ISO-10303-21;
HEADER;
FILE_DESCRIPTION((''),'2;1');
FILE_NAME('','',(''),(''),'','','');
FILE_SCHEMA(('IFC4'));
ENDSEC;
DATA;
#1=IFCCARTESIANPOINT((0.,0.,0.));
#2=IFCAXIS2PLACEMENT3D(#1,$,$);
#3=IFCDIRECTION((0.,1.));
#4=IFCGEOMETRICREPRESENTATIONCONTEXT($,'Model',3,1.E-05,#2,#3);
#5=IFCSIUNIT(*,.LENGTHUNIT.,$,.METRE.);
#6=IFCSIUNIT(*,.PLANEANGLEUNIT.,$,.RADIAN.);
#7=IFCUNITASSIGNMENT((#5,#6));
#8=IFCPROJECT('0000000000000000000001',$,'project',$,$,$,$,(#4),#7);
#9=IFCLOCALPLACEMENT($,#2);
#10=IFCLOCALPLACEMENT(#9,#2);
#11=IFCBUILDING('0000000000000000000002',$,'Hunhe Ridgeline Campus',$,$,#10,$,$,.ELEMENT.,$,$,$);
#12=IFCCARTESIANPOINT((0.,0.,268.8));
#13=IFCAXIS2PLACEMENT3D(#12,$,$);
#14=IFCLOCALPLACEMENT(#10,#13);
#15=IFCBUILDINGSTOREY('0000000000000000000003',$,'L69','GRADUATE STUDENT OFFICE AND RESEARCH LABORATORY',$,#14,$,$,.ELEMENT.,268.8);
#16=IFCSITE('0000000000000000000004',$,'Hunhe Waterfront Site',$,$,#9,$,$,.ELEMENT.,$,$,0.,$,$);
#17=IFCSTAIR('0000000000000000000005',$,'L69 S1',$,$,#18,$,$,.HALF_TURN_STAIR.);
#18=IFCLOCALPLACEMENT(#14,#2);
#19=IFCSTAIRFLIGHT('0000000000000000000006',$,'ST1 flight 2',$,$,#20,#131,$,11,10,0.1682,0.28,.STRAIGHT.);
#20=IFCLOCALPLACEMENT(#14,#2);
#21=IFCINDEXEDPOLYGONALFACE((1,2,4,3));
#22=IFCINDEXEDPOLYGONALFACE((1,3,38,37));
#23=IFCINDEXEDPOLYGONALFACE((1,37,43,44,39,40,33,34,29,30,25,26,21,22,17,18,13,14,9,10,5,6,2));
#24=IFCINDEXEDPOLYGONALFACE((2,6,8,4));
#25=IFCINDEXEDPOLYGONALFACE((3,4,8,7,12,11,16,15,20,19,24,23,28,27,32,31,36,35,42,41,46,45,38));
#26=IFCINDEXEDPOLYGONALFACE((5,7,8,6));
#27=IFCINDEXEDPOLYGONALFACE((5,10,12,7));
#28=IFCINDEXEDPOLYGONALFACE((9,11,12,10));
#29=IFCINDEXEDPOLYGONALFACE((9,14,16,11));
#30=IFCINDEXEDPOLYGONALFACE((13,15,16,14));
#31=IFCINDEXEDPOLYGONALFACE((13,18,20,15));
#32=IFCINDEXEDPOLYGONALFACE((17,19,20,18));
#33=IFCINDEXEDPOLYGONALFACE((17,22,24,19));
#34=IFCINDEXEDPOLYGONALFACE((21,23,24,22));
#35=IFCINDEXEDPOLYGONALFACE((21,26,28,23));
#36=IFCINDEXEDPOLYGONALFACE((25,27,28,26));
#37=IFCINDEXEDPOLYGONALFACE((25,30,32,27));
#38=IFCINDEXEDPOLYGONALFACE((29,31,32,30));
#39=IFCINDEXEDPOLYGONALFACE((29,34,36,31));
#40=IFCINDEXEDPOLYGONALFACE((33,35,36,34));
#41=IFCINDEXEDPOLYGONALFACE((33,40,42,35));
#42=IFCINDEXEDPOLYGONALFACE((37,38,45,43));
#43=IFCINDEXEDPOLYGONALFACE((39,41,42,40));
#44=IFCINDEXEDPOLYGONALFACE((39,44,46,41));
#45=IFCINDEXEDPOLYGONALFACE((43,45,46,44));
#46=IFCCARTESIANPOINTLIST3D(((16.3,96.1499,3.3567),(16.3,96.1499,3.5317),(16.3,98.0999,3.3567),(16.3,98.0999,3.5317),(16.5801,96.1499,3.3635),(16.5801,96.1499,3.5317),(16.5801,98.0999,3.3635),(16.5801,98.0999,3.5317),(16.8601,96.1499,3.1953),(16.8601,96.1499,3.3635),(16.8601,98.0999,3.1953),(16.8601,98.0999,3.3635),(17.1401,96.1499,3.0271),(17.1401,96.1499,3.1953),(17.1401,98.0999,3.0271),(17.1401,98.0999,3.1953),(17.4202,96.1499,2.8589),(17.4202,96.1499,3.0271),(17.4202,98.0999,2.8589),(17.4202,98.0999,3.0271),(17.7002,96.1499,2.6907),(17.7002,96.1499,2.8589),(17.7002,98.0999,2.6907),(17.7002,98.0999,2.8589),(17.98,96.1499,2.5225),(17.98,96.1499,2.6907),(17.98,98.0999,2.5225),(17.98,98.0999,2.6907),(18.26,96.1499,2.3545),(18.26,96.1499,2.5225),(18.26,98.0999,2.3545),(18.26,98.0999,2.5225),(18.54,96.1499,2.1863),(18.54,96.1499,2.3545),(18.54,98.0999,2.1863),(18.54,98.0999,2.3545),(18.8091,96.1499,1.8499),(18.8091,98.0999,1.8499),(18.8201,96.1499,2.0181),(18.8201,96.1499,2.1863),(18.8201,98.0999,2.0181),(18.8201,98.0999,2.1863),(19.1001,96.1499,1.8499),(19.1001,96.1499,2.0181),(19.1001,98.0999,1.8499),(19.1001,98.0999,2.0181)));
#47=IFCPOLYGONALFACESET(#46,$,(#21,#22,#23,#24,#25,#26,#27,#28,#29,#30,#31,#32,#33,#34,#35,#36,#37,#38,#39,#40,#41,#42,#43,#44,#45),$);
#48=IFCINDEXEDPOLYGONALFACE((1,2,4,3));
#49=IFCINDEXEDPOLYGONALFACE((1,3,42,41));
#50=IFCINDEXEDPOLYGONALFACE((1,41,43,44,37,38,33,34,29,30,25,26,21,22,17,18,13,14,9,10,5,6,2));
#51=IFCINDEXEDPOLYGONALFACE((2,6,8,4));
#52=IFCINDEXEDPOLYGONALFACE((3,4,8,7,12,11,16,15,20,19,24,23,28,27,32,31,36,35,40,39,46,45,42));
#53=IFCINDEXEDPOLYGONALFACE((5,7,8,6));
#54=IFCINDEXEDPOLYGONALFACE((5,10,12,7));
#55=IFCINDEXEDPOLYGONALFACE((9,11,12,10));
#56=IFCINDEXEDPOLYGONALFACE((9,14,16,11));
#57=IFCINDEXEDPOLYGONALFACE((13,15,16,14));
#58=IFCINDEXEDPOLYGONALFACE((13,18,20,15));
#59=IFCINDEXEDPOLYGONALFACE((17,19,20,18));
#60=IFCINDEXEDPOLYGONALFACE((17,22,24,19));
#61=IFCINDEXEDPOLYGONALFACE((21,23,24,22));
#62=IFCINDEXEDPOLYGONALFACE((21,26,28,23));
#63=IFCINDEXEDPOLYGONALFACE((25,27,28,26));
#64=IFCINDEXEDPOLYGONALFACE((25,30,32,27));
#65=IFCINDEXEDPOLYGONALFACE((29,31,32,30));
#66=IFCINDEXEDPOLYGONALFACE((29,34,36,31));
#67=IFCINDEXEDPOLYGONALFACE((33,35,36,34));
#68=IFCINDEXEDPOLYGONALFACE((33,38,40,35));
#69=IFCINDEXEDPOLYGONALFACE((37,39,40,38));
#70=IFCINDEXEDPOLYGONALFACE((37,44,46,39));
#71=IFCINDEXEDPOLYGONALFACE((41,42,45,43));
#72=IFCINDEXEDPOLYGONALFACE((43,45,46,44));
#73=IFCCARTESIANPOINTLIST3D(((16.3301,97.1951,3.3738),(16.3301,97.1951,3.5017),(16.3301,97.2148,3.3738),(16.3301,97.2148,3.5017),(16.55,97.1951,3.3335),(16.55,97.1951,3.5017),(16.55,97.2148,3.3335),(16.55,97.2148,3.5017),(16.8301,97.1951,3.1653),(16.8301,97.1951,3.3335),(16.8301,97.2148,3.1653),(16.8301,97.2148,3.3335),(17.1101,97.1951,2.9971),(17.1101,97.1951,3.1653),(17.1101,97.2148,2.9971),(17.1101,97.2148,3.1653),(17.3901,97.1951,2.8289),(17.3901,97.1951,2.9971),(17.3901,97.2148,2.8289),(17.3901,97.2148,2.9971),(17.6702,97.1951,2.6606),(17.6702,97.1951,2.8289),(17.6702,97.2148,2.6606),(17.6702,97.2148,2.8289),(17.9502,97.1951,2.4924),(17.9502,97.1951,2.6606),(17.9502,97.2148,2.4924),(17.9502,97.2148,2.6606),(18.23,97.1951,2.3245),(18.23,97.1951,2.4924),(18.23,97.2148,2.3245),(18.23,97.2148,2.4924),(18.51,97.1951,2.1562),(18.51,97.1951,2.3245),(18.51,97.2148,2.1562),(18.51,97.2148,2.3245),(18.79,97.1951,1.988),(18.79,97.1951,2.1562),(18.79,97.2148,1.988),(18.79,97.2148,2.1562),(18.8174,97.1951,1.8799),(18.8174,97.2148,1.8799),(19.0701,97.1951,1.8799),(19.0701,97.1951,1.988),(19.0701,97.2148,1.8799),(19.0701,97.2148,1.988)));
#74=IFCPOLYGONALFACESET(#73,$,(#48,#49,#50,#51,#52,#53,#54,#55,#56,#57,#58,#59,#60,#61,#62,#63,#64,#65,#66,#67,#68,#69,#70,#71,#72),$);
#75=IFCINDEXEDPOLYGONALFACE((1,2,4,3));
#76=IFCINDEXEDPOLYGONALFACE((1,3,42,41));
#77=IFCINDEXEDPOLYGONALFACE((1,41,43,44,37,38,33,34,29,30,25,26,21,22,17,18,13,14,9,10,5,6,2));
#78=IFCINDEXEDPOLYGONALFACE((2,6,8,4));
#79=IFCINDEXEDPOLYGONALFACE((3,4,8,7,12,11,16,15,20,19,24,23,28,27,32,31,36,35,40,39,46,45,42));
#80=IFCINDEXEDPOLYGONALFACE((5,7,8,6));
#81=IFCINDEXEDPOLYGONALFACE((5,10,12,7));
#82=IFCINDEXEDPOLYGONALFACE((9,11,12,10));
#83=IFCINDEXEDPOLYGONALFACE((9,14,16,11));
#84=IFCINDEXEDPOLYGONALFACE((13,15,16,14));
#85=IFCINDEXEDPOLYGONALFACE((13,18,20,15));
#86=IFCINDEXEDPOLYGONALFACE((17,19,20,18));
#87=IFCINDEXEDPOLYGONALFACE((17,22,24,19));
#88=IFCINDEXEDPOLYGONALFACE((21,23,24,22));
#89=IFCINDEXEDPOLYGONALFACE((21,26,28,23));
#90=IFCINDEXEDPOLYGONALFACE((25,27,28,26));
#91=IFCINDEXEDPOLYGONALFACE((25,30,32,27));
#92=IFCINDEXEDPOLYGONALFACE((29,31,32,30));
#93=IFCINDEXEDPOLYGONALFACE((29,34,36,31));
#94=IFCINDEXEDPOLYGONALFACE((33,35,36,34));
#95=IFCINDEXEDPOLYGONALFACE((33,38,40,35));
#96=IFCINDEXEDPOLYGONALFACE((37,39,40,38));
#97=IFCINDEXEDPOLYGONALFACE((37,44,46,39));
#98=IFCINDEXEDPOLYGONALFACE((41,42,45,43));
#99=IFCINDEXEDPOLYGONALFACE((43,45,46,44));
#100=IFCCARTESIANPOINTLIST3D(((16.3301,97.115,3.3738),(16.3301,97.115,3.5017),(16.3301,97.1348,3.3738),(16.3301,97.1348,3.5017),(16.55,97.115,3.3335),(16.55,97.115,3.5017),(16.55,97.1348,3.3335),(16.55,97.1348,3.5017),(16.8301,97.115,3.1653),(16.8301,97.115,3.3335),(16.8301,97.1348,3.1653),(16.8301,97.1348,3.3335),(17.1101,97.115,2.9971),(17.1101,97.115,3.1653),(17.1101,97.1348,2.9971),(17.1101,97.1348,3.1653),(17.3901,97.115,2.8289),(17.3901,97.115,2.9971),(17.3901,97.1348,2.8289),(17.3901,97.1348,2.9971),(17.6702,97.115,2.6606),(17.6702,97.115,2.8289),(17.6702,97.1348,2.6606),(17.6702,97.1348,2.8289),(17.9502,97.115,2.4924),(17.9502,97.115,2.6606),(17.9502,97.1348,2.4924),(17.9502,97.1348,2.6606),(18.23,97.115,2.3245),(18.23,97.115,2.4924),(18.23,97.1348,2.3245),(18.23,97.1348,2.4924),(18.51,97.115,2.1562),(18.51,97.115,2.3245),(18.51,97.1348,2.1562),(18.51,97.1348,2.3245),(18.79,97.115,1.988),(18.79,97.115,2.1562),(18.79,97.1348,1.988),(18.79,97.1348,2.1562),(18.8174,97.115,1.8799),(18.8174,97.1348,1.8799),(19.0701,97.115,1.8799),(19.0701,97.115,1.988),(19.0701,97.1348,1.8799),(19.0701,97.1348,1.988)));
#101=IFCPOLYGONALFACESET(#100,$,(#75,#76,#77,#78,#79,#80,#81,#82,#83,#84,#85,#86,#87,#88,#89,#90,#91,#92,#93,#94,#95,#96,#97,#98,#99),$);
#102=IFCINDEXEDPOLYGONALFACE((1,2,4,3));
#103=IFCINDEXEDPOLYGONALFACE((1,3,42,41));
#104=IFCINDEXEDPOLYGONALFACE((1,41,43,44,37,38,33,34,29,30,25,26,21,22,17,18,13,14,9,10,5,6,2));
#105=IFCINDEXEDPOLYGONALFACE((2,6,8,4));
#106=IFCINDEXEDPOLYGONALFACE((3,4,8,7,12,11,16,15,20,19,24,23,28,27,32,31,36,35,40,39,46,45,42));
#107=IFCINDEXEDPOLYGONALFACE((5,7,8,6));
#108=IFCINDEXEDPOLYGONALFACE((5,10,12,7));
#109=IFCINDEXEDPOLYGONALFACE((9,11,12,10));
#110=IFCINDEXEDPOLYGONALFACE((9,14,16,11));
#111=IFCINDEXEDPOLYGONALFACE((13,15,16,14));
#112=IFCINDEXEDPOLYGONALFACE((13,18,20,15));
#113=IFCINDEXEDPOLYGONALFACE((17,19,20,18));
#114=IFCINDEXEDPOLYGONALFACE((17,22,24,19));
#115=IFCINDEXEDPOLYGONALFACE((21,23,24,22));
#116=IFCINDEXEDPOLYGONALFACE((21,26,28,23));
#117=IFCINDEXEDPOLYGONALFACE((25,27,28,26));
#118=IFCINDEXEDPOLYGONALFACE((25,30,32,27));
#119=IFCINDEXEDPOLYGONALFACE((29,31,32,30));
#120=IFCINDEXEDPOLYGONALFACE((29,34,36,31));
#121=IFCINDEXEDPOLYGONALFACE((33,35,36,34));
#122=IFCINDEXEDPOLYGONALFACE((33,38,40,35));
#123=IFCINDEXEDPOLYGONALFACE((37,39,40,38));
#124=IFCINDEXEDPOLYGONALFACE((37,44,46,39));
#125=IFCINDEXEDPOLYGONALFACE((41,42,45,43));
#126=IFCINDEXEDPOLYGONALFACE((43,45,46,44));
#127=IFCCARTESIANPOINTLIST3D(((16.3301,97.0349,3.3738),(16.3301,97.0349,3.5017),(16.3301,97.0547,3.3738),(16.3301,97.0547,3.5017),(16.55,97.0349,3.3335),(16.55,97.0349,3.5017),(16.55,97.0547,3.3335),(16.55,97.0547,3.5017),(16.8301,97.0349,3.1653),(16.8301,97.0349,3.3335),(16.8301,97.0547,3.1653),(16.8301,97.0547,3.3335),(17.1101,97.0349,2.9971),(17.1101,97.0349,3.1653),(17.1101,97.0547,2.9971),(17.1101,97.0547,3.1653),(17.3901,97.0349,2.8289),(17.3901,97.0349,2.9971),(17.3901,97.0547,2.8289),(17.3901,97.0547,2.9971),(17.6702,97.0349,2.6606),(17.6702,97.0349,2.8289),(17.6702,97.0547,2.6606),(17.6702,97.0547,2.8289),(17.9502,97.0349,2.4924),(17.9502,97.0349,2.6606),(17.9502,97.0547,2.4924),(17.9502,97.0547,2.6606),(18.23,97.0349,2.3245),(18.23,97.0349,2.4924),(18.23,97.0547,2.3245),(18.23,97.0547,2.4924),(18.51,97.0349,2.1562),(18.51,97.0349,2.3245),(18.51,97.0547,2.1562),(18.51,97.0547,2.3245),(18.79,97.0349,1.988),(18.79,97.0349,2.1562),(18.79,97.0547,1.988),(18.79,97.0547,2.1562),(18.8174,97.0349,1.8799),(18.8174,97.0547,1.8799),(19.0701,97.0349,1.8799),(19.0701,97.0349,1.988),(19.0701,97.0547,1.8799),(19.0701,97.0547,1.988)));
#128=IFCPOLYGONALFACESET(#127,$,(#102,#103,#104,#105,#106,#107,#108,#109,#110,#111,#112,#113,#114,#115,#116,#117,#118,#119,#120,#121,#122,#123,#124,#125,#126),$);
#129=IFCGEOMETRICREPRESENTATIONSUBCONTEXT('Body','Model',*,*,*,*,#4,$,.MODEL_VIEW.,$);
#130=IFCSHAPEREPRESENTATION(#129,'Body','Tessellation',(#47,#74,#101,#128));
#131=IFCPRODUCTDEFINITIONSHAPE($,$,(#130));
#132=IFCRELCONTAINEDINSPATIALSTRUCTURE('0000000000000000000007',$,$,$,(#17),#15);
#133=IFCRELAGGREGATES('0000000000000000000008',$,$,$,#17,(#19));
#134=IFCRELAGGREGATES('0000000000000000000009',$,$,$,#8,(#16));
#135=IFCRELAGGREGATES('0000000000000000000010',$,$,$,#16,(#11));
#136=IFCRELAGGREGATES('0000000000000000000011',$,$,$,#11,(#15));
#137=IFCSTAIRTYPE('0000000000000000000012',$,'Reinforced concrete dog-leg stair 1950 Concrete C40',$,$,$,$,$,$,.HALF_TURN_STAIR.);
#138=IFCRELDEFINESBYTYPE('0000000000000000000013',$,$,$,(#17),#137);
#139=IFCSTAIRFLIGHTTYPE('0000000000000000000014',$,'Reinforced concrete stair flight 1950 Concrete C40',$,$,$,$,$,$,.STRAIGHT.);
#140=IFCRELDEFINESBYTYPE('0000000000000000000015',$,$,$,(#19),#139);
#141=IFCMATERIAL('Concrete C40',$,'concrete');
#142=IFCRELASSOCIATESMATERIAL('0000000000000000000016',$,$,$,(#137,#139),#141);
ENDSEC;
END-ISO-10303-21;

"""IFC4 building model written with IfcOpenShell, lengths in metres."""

from ifc_helpers import new_model, si_unit, direction, frame, origin, place, context, subcontext, project, spatial, polyline, outline, extrude, material, type_object, element, aggregate, save


model = new_model("IFC4")

# Units and contexts
model_context = context("Model", 3, precision=1e-05, world=origin(), true_north=direction((0.0, 1.0)))
body_context = subcontext(model_context, "Body", "Model", "MODEL_VIEW")
ifc_project = project(units=[si_unit("LENGTHUNIT", "METRE"), si_unit("PLANEANGLEUNIT", "RADIAN")], contexts=[model_context])

# Site, building, storey
site_placement = place(None, origin())
site = spatial("IfcSite", under=ifc_project, at=site_placement, Name="Hunhe Waterfront Site", CompositionType="ELEMENT", RefElevation=0.0)
building_placement = place(site_placement, origin())
building = spatial("IfcBuilding", under=site, at=building_placement, Name="Hunhe Ridgeline Campus", CompositionType="ELEMENT")
storey_placement = place(building_placement, frame((0.0, 0.0, 268.8)))
storey = spatial("IfcBuildingStorey", under=building, at=storey_placement, Name="L69", Description="GRADUATE STUDENT OFFICE AND RESEARCH LABORATORY", CompositionType="ELEMENT", Elevation=268.8)

# Stair, stair flight
ifc_material_1 = material(Name="Concrete C40", Category="concrete")
stair_type = type_object("IfcStairType", Name="Reinforced concrete dog-leg stair 1950 Concrete C40", PredefinedType="HALF_TURN_STAIR", material=ifc_material_1)
stair_placement = place(storey_placement, origin())
stair = element("IfcStair", 1, at=stair_placement, inside=storey, type_object=stair_type, Name="L69 S1", PredefinedType="HALF_TURN_STAIR")
stair_flight_type = type_object("IfcStairFlightType", Name="Reinforced concrete stair flight 1950 Concrete C40", PredefinedType="STRAIGHT", material=ifc_material_1)
stair_flight_1_placement = place(storey_placement, frame((19.1001, 97.125, 1.8499), z_axis=(0.0, 0.0, 1.0), x_axis=(-1.0, 0.0, 0.0)))
stair_flight_1 = element("IfcStairFlight", 2, at=stair_flight_1_placement, type_object=stair_flight_type, Name="ST1 flight 2", NumberOfRisers=11, NumberOfTreads=10, PredefinedType="STRAIGHT", RiserHeight=0.1682, TreadLength=0.28, context=body_context, shape_type="SweptSolid", body=[
    extrude(outline(polyline([(0.0, 0.0), (0.0, 0.1682), (0.28, 0.1682), (0.28, 0.3364), (0.5601, 0.3364), (0.5601, 0.5046), (0.8401, 0.5046), (0.8401, 0.6726), (1.1201, 0.6726), (1.1201, 0.8408), (1.3999, 0.8408), (1.3999, 1.009), (1.6799, 1.009), (1.6799, 1.1772), (1.96, 1.1772), (1.96, 1.3455), (2.24, 1.3455), (2.24, 1.5137), (2.52, 1.5137), (2.52, 1.6819), (2.8, 1.6819), (2.8, 1.8501), (2.8, 1.5068), (0.291, 0.0), (0.0, 0.0)])), frame((0.0, 0.9751, 0.0), z_axis=(0.0, -1.0, 0.0), x_axis=(1.0, 0.0, 0.0)), (0.0, 0.0, 1.0), 1.95),
    extrude(outline(polyline([(0.03, 0.03), (0.03, 0.1382), (0.3101, 0.1382), (0.3101, 0.3064), (0.5901, 0.3064), (0.5901, 0.4746), (0.8701, 0.4746), (0.8701, 0.6426), (1.1499, 0.6426), (1.1499, 0.8108), (1.4299, 0.8108), (1.4299, 0.979), (1.71, 0.979), (1.71, 1.1472), (1.99, 1.1472), (1.99, 1.3154), (2.27, 1.3154), (2.27, 1.4836), (2.55, 1.4836), (2.55, 1.6519), (2.77, 1.6519), (2.77, 1.5239), (0.2827, 0.03), (0.03, 0.03)])), frame((0.0, -0.0701, 0.0), z_axis=(0.0, -1.0, 0.0), x_axis=(1.0, 0.0, 0.0)), (0.0, 0.0, 1.0), 0.0198),
    extrude(outline(polyline([(0.03, 0.03), (0.03, 0.1382), (0.3101, 0.1382), (0.3101, 0.3064), (0.5901, 0.3064), (0.5901, 0.4746), (0.8701, 0.4746), (0.8701, 0.6426), (1.1499, 0.6426), (1.1499, 0.8108), (1.4299, 0.8108), (1.4299, 0.979), (1.71, 0.979), (1.71, 1.1472), (1.99, 1.1472), (1.99, 1.3154), (2.27, 1.3154), (2.27, 1.4836), (2.55, 1.4836), (2.55, 1.6519), (2.77, 1.6519), (2.77, 1.5239), (0.2827, 0.03), (0.03, 0.03)])), frame((0.0, 0.01, 0.0), z_axis=(0.0, -1.0, 0.0), x_axis=(1.0, 0.0, 0.0)), (0.0, 0.0, 1.0), 0.0198),
    extrude(outline(polyline([(0.03, 0.03), (0.03, 0.1382), (0.3101, 0.1382), (0.3101, 0.3064), (0.5901, 0.3064), (0.5901, 0.4746), (0.8701, 0.4746), (0.8701, 0.6426), (1.1499, 0.6426), (1.1499, 0.8108), (1.4299, 0.8108), (1.4299, 0.979), (1.71, 0.979), (1.71, 1.1472), (1.99, 1.1472), (1.99, 1.3154), (2.27, 1.3154), (2.27, 1.4836), (2.55, 1.4836), (2.55, 1.6519), (2.77, 1.6519), (2.77, 1.5239), (0.2827, 0.03), (0.03, 0.03)])), frame((0.0, 0.0901, 0.0), z_axis=(0.0, -1.0, 0.0), x_axis=(1.0, 0.0, 0.0)), (0.0, 0.0, 1.0), 0.0198),
])
aggregate(stair, [stair_flight_1])

save(model, "model.ifc")
